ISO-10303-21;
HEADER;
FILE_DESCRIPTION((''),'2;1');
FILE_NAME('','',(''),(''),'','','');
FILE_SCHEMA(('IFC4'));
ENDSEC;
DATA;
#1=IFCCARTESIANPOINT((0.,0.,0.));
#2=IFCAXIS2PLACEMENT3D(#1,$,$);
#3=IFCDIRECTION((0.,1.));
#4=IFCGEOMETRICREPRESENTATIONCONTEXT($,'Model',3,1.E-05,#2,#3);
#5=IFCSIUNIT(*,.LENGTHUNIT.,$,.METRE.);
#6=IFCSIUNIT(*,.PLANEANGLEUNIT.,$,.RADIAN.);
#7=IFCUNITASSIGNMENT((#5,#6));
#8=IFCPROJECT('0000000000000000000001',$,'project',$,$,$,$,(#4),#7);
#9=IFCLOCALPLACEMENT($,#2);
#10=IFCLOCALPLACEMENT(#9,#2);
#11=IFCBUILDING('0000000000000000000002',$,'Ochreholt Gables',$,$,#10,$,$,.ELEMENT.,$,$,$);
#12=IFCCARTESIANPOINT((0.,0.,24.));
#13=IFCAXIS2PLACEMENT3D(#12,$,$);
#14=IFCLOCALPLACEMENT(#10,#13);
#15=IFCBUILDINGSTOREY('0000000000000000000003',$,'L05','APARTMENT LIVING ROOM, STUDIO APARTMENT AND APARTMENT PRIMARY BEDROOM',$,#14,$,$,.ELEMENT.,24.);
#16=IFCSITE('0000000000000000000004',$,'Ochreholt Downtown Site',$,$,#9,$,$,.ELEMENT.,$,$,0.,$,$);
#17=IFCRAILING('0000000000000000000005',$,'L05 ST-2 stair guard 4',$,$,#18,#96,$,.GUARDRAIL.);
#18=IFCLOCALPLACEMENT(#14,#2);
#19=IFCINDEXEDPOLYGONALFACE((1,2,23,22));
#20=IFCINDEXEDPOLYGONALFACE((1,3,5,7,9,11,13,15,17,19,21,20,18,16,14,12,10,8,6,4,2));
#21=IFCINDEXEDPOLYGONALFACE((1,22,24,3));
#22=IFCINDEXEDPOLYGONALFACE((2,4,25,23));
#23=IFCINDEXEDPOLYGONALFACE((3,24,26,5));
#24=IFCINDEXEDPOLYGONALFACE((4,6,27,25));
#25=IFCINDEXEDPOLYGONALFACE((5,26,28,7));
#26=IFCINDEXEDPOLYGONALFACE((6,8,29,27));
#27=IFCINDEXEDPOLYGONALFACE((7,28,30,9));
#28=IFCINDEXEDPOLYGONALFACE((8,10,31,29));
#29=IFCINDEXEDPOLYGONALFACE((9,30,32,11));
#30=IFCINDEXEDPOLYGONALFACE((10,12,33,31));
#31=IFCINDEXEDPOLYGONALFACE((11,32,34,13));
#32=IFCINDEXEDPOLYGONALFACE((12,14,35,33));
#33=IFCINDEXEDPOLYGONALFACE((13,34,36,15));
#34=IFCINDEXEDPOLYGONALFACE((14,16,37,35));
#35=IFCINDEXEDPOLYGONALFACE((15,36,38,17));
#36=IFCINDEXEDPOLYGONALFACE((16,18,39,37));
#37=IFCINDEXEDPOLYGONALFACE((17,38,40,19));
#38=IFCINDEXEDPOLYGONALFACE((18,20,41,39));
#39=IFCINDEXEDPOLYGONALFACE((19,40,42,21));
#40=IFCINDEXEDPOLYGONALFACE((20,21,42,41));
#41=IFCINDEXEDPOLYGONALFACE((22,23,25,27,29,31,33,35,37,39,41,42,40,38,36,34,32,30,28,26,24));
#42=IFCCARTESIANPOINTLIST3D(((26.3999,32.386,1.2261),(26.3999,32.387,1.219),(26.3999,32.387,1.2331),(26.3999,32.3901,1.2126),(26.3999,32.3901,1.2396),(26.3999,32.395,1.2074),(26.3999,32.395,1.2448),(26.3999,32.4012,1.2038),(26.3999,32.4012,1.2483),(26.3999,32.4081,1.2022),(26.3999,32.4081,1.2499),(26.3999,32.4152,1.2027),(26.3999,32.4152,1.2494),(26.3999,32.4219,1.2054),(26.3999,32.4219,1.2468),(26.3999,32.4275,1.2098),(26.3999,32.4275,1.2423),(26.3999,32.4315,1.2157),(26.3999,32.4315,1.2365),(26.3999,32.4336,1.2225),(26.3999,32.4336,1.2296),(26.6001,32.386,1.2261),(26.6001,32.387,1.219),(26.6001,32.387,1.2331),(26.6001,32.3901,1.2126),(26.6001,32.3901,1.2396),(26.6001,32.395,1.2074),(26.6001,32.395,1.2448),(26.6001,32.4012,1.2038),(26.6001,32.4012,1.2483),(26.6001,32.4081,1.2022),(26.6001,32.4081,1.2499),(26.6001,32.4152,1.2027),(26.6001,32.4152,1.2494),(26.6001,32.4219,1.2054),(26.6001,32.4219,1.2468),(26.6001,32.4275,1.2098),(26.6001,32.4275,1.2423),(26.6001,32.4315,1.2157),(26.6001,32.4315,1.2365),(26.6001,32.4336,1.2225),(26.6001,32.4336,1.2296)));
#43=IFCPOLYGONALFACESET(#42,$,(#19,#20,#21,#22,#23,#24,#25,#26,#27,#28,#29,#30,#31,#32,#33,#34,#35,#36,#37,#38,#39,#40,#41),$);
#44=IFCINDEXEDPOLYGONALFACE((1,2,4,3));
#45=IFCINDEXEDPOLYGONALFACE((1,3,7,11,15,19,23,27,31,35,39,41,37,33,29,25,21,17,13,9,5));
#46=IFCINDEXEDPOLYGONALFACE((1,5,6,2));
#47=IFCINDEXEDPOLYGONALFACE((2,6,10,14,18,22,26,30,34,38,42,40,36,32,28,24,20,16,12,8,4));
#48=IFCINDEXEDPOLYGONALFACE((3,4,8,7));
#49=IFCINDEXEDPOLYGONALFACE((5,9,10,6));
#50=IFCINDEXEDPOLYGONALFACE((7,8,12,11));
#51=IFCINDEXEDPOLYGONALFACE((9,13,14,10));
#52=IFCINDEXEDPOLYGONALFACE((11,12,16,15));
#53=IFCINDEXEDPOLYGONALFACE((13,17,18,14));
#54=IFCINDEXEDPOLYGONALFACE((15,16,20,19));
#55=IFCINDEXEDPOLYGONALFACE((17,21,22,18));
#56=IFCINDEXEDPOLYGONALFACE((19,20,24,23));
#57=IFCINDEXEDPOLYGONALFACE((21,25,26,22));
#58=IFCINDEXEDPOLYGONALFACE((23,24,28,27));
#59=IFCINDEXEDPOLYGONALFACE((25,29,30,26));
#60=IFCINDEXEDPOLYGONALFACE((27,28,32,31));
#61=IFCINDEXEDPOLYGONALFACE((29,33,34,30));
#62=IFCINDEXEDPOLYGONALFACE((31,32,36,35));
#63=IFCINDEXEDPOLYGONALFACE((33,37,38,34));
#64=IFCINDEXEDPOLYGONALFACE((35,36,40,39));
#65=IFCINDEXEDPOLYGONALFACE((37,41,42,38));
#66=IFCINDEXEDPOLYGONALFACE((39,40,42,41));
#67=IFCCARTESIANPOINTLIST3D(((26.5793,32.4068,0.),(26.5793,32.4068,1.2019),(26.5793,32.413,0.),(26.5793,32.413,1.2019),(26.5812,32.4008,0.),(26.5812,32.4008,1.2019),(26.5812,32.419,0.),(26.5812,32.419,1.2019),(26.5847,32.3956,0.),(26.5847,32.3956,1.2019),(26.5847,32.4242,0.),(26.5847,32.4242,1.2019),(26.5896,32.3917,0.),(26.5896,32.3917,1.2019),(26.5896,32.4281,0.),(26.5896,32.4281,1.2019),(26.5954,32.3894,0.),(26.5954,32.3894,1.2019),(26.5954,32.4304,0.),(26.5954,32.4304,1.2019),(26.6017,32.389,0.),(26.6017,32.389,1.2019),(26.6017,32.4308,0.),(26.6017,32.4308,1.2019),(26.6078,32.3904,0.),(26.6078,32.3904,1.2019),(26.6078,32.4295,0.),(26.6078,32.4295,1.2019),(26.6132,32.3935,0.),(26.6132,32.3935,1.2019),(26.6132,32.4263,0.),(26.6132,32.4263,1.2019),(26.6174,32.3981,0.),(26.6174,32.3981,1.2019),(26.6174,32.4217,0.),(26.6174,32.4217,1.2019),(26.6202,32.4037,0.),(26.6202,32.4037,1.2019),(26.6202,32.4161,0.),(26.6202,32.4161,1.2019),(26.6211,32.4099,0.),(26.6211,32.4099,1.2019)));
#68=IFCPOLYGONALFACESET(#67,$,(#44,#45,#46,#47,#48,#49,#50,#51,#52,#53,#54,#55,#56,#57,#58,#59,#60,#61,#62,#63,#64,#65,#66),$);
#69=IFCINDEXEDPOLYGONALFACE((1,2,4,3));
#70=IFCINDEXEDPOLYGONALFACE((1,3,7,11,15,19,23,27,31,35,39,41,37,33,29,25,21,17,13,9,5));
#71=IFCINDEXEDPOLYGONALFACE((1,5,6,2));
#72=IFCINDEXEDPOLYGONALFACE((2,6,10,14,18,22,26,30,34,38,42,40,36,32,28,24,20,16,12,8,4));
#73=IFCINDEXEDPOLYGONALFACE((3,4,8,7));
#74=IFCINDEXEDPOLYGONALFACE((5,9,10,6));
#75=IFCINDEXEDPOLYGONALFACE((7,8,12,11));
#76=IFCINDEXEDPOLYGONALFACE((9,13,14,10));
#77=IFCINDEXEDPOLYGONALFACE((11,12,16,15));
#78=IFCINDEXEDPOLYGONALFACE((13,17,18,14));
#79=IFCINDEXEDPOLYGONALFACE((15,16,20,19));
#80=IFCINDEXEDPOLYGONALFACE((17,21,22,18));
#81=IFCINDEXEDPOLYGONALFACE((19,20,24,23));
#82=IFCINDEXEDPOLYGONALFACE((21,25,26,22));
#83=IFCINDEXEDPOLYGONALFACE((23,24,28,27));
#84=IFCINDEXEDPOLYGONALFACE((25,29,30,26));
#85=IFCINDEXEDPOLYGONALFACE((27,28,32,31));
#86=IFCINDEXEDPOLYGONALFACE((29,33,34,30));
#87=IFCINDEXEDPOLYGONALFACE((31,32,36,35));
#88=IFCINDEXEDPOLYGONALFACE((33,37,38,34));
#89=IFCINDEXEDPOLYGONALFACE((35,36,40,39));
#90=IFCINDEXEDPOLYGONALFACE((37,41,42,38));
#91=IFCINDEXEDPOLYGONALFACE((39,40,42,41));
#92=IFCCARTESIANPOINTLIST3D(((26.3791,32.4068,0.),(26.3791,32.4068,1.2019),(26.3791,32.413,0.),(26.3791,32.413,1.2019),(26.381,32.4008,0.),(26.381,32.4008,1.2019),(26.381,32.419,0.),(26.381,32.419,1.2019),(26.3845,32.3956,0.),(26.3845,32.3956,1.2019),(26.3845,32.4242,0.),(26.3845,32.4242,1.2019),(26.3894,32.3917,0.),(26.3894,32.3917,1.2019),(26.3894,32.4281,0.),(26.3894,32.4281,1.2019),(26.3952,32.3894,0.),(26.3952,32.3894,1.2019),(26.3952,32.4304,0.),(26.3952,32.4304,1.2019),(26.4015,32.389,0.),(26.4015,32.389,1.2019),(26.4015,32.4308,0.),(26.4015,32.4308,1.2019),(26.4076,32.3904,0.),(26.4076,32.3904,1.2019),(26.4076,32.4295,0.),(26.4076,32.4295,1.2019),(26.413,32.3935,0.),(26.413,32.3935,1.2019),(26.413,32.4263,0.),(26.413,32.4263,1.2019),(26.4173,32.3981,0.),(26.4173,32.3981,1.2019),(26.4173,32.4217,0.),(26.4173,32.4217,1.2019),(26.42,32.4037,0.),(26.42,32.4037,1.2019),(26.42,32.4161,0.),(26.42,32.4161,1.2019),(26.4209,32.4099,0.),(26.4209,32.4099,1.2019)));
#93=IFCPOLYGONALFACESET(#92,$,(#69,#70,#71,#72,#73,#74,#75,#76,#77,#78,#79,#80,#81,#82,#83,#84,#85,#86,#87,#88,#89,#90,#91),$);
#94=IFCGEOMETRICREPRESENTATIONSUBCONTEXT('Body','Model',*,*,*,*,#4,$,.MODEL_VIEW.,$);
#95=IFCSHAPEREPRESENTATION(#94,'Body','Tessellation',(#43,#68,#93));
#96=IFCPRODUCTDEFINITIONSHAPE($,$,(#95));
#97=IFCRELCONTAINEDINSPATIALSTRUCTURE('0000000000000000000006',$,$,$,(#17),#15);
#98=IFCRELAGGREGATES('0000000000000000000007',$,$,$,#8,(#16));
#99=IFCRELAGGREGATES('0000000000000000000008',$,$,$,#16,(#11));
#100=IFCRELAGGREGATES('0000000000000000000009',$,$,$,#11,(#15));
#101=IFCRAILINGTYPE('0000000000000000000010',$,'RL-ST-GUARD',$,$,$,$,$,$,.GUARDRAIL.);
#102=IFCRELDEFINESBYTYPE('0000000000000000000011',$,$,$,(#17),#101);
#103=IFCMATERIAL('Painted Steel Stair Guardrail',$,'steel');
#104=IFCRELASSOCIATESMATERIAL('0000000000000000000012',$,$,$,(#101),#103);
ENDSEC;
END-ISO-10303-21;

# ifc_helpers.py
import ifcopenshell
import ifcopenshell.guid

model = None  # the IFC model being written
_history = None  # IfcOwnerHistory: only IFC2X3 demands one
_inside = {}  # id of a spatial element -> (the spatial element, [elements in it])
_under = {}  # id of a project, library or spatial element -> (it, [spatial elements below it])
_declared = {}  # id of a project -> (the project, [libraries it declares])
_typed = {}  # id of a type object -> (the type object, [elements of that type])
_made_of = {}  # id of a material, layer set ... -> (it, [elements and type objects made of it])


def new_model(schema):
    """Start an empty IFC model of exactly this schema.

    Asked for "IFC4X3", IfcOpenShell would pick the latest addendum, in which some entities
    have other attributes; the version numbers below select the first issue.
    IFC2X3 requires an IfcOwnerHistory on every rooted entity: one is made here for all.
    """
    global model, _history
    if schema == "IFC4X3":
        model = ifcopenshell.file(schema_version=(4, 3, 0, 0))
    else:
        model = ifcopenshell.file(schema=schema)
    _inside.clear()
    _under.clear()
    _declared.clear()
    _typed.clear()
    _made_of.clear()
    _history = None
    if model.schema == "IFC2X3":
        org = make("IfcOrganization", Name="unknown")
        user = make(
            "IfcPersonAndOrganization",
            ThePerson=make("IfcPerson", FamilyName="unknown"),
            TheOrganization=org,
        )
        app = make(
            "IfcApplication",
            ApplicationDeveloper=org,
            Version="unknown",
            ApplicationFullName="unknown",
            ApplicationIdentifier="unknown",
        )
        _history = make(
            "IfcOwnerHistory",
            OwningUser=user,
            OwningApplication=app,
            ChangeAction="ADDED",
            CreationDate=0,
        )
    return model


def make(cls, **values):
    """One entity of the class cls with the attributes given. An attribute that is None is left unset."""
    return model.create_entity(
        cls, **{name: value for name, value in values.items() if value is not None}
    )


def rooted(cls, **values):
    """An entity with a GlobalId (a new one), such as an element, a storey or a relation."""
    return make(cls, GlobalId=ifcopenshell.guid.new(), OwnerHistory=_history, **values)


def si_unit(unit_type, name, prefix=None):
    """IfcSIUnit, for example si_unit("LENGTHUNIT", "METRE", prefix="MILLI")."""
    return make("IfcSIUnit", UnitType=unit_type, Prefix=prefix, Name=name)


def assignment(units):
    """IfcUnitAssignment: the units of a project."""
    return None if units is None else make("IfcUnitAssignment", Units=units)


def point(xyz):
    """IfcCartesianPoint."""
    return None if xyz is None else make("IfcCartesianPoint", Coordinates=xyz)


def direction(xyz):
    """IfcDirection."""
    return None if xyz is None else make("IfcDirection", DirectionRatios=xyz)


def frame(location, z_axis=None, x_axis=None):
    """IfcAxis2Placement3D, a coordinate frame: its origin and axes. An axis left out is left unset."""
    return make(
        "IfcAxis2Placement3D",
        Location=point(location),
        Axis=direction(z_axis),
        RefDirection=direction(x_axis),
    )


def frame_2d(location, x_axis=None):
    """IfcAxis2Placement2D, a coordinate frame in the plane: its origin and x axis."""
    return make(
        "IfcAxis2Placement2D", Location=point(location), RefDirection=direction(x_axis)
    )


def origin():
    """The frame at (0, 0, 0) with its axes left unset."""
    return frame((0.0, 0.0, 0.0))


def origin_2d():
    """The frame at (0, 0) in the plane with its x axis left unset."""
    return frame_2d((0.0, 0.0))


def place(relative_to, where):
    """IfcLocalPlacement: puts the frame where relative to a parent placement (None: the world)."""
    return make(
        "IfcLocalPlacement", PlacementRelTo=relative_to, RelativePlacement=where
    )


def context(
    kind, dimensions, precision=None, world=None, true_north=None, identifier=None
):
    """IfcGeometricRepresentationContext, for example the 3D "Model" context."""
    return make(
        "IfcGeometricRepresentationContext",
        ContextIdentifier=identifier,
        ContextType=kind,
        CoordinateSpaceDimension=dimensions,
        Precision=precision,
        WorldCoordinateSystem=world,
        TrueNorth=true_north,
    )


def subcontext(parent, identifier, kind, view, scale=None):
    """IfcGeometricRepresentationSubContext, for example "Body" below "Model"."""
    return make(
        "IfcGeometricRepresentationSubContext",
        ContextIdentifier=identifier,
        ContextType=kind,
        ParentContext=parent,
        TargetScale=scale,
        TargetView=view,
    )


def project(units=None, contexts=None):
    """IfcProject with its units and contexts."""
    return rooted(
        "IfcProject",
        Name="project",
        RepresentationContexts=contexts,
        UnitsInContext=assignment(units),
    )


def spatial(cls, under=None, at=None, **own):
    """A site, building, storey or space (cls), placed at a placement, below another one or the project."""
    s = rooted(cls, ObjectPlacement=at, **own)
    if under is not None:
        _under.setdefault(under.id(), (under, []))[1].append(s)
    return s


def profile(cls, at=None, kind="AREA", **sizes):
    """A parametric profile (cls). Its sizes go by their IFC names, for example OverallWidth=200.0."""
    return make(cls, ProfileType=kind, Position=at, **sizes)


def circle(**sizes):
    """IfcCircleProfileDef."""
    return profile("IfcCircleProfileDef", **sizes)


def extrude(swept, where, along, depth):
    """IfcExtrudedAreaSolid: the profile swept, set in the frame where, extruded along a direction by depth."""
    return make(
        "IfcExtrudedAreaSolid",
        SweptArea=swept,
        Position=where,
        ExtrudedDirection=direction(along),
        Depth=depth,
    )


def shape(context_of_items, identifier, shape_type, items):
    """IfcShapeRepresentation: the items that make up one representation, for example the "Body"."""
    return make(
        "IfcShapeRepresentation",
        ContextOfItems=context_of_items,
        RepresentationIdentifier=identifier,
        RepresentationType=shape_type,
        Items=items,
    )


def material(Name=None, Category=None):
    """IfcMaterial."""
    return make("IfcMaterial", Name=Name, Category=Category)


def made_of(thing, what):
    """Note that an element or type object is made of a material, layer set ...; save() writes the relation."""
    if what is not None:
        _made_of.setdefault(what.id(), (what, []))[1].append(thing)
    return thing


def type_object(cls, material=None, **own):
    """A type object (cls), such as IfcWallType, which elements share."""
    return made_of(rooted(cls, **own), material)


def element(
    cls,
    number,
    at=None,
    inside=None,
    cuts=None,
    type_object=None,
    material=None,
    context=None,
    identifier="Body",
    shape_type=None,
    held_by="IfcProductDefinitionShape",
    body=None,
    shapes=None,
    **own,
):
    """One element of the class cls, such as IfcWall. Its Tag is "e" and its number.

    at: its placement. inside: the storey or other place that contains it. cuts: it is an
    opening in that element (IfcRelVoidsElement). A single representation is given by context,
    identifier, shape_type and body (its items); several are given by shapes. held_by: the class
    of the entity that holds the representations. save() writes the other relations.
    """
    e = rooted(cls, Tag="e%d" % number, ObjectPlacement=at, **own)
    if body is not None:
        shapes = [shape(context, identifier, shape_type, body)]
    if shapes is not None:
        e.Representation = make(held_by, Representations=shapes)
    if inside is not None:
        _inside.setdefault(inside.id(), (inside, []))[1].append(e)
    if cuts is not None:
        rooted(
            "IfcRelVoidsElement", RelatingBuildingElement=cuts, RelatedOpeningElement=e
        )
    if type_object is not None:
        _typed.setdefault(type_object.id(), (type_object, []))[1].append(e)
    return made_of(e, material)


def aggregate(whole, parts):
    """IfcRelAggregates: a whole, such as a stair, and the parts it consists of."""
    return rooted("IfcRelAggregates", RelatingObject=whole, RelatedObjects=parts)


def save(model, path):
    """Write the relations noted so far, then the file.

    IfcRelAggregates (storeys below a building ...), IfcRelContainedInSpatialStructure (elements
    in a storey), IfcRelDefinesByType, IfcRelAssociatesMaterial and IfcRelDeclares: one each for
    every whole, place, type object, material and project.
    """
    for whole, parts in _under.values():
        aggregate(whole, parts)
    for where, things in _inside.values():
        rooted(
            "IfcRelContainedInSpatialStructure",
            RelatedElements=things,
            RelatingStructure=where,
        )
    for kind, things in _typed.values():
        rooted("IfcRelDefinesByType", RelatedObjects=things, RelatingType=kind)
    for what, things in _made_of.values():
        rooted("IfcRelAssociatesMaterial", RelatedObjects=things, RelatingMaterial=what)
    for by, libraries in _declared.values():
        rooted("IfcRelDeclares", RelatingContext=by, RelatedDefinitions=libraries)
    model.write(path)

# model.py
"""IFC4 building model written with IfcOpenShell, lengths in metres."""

from ifc_helpers import new_model, si_unit, direction, frame, origin, origin_2d, place, context, subcontext, project, spatial, circle, extrude, material, type_object, element, save


model = new_model("IFC4")

# Units and contexts
model_context = context("Model", 3, precision=1e-05, world=origin(), true_north=direction((0.0, 1.0)))
body_context = subcontext(model_context, "Body", "Model", "MODEL_VIEW")
ifc_project = project(units=[si_unit("LENGTHUNIT", "METRE"), si_unit("PLANEANGLEUNIT", "RADIAN")], contexts=[model_context])

# Site, building, storey
site_placement = place(None, origin())
site = spatial("IfcSite", under=ifc_project, at=site_placement, Name="Ochreholt Downtown Site", CompositionType="ELEMENT", RefElevation=0.0)
building_placement = place(site_placement, origin())
building = spatial("IfcBuilding", under=site, at=building_placement, Name="Ochreholt Gables", CompositionType="ELEMENT")
storey_placement = place(building_placement, frame((0.0, 0.0, 24.0)))
storey = spatial("IfcBuildingStorey", under=building, at=storey_placement, Name="L05", Description="APARTMENT LIVING ROOM, STUDIO APARTMENT AND APARTMENT PRIMARY BEDROOM", CompositionType="ELEMENT", Elevation=24.0)

# Railing
ifc_material_1 = material(Name="Painted Steel Stair Guardrail", Category="steel")
railing_type_1 = type_object("IfcRailingType", Name="RL-ST-GUARD", PredefinedType="GUARDRAIL", material=ifc_material_1)
railing_1_placement = place(storey_placement, frame((26.6001, 32.4099, 0.0)))
element("IfcRailing", 1, at=railing_1_placement, inside=storey, type_object=railing_type_1, Name="L05 ST-2 stair guard 4", PredefinedType="GUARDRAIL", context=body_context, shape_type="SweptSolid", body=[
    extrude(circle(Radius=0.0239, at=origin_2d()), frame((0.0, 0.0, 1.2261), z_axis=(-1.0, 0.0, 0.0), x_axis=(0.0, -1.0, 0.0)), (0.0, 0.0, 1.0), 0.2002),
    extrude(circle(Radius=0.021, at=origin_2d()), origin(), (0.0, 0.0, 1.0), 1.2019),
    extrude(circle(Radius=0.021, at=origin_2d()), frame((-0.2002, 0.0, 0.0)), (0.0, 0.0, 1.0), 1.2019),
])

save(model, "model.ifc")
